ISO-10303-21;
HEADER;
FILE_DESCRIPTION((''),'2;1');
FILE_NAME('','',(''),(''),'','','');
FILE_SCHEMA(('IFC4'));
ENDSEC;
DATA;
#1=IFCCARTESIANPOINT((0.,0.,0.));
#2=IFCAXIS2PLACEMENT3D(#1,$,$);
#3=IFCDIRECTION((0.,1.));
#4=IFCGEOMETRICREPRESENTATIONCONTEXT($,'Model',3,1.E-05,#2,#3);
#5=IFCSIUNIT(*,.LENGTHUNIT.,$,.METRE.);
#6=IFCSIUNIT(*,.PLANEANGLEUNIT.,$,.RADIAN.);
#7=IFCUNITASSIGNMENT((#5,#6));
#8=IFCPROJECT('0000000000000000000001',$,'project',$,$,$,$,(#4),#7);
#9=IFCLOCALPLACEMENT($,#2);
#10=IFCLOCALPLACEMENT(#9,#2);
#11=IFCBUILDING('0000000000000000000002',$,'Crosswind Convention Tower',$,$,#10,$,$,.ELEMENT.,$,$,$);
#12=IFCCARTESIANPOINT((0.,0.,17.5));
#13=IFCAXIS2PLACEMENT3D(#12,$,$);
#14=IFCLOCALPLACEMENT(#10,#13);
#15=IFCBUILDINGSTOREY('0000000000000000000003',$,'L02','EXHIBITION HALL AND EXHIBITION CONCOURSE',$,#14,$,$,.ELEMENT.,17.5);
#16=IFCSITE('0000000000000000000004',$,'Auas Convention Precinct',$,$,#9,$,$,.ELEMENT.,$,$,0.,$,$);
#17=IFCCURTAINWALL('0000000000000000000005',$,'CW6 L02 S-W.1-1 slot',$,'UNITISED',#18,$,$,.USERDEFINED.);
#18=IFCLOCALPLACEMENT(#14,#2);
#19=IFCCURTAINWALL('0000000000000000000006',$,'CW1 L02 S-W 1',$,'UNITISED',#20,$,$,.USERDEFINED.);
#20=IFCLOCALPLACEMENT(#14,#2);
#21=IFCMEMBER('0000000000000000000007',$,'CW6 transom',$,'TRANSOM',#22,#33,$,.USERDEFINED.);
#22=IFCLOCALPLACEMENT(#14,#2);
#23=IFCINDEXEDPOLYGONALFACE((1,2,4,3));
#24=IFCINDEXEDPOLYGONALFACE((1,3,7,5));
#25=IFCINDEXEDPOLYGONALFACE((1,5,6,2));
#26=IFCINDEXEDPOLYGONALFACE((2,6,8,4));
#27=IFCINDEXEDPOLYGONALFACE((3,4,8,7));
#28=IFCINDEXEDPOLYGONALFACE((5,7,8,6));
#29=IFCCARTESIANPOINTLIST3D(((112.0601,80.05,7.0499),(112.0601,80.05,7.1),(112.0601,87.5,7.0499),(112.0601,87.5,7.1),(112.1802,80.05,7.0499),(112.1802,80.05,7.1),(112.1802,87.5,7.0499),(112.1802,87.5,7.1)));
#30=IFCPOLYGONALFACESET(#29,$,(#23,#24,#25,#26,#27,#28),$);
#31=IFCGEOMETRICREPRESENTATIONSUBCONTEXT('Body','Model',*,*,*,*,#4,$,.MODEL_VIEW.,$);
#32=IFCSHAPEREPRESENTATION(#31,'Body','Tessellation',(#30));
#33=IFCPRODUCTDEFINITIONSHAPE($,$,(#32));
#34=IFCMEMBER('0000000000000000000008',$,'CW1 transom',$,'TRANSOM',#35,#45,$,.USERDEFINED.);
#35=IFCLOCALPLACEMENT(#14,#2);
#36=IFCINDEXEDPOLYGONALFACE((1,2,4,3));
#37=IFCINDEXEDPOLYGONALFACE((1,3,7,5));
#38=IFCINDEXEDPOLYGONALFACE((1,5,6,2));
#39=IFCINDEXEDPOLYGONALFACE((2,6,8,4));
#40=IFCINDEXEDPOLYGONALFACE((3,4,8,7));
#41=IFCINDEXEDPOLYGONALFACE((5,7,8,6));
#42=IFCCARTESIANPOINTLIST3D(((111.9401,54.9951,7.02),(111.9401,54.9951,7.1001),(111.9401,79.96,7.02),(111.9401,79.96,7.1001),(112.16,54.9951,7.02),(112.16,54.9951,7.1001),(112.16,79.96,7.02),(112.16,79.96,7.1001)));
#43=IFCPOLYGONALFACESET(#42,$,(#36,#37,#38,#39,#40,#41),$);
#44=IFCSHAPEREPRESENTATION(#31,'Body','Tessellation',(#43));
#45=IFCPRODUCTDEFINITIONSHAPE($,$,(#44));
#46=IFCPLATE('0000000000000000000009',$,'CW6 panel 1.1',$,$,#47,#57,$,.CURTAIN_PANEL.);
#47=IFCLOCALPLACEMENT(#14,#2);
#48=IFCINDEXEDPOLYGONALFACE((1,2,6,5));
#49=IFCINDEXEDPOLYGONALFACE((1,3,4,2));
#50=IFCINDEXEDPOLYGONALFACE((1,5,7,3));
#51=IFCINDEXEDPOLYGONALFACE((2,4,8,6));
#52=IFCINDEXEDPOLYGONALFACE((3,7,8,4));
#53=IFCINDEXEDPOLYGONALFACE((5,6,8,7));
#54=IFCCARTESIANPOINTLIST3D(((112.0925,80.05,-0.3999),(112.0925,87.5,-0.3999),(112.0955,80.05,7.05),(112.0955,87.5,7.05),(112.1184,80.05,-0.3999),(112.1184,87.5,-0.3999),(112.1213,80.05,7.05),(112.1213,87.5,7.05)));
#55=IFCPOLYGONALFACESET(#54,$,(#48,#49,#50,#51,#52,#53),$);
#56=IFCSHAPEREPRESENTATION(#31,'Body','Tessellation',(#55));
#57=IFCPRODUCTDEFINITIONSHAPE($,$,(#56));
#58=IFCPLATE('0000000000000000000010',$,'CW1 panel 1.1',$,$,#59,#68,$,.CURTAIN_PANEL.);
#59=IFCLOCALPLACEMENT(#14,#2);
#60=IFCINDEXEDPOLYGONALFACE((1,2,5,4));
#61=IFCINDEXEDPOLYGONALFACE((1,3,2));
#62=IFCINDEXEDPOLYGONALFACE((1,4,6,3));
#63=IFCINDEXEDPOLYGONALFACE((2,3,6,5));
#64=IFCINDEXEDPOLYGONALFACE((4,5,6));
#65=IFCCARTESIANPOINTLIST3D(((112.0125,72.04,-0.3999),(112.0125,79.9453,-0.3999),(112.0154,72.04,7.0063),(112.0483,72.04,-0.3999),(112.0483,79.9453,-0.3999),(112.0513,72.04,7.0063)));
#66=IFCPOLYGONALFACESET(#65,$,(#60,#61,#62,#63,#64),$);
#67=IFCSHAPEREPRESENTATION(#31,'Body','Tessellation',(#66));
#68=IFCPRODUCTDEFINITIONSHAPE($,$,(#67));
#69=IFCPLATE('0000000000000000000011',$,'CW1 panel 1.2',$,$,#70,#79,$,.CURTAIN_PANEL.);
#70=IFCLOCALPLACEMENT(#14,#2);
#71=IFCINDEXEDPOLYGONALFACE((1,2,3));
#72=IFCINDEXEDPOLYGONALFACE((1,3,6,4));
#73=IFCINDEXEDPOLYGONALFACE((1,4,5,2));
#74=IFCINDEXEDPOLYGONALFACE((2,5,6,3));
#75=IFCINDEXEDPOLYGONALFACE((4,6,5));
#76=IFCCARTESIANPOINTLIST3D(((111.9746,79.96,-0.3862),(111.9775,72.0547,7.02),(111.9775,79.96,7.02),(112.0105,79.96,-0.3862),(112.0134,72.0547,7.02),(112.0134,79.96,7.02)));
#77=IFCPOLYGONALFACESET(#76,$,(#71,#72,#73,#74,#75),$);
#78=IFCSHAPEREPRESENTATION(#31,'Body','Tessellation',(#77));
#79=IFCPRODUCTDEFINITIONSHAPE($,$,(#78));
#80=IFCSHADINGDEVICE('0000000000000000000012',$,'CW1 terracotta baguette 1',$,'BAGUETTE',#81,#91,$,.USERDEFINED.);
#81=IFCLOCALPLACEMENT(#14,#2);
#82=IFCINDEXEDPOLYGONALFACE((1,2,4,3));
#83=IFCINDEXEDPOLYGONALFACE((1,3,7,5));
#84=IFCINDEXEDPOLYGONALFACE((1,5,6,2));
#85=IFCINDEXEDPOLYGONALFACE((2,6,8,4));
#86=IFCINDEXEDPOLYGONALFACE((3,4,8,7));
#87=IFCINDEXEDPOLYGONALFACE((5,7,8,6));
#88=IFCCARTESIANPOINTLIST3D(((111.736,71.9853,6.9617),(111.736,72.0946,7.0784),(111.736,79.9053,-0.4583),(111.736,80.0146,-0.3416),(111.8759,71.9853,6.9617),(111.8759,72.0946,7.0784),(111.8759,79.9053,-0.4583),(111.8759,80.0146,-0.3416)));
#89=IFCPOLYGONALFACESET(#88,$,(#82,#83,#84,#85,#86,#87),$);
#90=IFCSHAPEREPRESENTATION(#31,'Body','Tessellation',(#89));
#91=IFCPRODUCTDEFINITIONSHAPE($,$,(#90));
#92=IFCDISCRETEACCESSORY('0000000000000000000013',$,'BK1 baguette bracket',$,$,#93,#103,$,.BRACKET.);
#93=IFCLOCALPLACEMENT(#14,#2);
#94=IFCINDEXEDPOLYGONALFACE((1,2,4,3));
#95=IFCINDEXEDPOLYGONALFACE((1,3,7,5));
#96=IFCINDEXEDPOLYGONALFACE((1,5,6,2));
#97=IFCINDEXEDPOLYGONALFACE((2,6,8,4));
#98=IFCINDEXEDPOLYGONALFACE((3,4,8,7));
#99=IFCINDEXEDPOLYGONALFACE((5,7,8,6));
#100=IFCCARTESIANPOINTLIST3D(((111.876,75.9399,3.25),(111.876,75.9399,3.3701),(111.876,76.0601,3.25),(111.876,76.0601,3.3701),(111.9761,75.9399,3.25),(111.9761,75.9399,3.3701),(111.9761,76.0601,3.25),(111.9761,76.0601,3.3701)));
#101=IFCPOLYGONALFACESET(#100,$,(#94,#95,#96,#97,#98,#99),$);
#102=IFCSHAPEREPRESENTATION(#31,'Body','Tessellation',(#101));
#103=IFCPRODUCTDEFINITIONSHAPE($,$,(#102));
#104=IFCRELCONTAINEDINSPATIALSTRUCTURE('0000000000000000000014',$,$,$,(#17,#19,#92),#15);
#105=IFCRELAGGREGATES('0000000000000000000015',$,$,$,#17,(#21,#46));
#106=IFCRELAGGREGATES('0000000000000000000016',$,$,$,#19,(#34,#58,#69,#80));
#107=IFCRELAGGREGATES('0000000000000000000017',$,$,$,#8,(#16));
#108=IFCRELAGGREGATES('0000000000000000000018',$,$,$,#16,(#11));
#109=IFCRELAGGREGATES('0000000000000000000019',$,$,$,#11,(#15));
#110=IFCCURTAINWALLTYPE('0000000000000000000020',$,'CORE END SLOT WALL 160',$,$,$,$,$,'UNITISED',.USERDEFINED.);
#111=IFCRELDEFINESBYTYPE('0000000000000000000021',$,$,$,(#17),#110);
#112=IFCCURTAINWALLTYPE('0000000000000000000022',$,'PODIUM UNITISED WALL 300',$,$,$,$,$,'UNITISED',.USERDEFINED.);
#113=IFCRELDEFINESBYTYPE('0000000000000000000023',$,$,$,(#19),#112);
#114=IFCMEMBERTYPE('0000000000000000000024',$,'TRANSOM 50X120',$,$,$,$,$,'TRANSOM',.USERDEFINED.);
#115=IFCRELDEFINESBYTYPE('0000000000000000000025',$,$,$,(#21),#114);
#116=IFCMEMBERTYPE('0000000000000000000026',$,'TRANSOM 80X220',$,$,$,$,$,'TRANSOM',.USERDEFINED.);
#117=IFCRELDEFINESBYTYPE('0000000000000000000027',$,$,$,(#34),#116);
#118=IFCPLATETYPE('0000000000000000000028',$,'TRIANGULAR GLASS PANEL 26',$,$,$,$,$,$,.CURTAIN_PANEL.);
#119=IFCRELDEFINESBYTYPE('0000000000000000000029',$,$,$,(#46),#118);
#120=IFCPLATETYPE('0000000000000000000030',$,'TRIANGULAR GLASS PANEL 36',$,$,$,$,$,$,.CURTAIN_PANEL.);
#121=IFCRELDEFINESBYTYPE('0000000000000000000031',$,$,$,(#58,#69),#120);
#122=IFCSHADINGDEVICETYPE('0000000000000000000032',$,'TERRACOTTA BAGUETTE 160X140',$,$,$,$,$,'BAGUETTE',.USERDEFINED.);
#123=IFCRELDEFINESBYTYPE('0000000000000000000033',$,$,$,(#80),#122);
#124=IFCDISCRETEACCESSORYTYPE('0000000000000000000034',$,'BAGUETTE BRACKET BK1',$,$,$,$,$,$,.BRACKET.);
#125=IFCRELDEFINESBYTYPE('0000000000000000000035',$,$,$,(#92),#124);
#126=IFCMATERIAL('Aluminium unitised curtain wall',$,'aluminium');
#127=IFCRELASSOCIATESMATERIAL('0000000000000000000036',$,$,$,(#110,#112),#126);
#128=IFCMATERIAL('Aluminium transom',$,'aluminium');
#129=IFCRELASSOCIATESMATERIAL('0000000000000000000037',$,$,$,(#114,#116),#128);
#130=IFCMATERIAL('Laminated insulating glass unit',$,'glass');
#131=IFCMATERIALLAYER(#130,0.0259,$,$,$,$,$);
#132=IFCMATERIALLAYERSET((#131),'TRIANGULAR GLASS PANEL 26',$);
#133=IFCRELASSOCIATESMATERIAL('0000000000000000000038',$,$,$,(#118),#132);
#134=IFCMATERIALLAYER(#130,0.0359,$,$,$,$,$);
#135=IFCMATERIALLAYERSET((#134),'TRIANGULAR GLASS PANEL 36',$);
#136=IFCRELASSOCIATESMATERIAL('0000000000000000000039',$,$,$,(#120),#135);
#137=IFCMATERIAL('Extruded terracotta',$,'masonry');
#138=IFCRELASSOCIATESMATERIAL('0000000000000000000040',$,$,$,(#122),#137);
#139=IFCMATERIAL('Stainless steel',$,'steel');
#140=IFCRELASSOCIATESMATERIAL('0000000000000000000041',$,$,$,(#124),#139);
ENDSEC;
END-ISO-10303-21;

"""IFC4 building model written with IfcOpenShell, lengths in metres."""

from ifc_helpers import new_model, si_unit, direction, frame, origin, origin_2d, place, context, subcontext, project, spatial, polyline, rectangle, outline, extrude, material, layer, layer_set, material_profile, profile_set, type_object, element, aggregate, save


model = new_model("IFC4")

# Units and contexts
model_context = context("Model", 3, precision=1e-05, world=origin(), true_north=direction((0.0, 1.0)))
body_context = subcontext(model_context, "Body", "Model", "MODEL_VIEW")
ifc_project = project(units=[si_unit("LENGTHUNIT", "METRE"), si_unit("PLANEANGLEUNIT", "RADIAN")], contexts=[model_context])

# Site, building, storey
site_placement = place(None, origin())
site = spatial("IfcSite", under=ifc_project, at=site_placement, Name="Auas Convention Precinct", CompositionType="ELEMENT", RefElevation=0.0)
building_placement = place(site_placement, origin())
building = spatial("IfcBuilding", under=site, at=building_placement, Name="Crosswind Convention Tower", CompositionType="ELEMENT")
storey_placement = place(building_placement, frame((0.0, 0.0, 17.5)))
storey = spatial("IfcBuildingStorey", under=building, at=storey_placement, Name="L02", Description="EXHIBITION HALL AND EXHIBITION CONCOURSE", CompositionType="ELEMENT", Elevation=17.5)

# Curtain walls
ifc_material_1 = material(Name="Aluminium unitised curtain wall", Category="aluminium")
curtain_wall_type_1 = type_object("IfcCurtainWallType", Name="CORE END SLOT WALL 160", ElementType="UNITISED", PredefinedType="USERDEFINED", material=ifc_material_1)
curtain_wall_1_placement = place(storey_placement, origin())
curtain_wall_1 = element("IfcCurtainWall", 1, at=curtain_wall_1_placement, inside=storey, type_object=curtain_wall_type_1, Name="CW6 L02 S-W.1-1 slot", ObjectType="UNITISED", PredefinedType="USERDEFINED")
curtain_wall_type_2 = type_object("IfcCurtainWallType", Name="PODIUM UNITISED WALL 300", ElementType="UNITISED", PredefinedType="USERDEFINED", material=ifc_material_1)
curtain_wall_2_placement = place(storey_placement, origin())
curtain_wall_2 = element("IfcCurtainWall", 2, at=curtain_wall_2_placement, inside=storey, type_object=curtain_wall_type_2, Name="CW1 L02 S-W 1", ObjectType="UNITISED", PredefinedType="USERDEFINED")

# Members
ifc_material_2 = material(Name="Aluminium transom", Category="aluminium")
ifc_material_profile_1 = material_profile(ifc_material_2, rectangle(XDim=0.1201, YDim=0.05, at=origin_2d()), Name="AL 120X50")
ifc_profile_set_1 = profile_set([ifc_material_profile_1], Name="Aluminium transom")
member_type_1 = type_object("IfcMemberType", Name="TRANSOM 50X120", ElementType="TRANSOM", PredefinedType="USERDEFINED", material=ifc_profile_set_1)
member_1_placement = place(storey_placement, frame((112.1201, 87.5, 7.075), z_axis=(0.0, -1.0, 0.0), x_axis=(1.0, 0.0, 0.0)))
member_1 = element("IfcMember", 3, at=member_1_placement, type_object=member_type_1, Name="CW6 transom", ObjectType="TRANSOM", PredefinedType="USERDEFINED", context=body_context, shape_type="SweptSolid", body=[
    extrude(rectangle(XDim=0.1201, YDim=0.05, at=origin_2d()), origin(), (0.0, 0.0, 1.0), 7.45),
])
ifc_material_profile_2 = material_profile(ifc_material_2, rectangle(XDim=0.22, YDim=0.0801, at=origin_2d()), Name="AL 220X80")
ifc_profile_set_2 = profile_set([ifc_material_profile_2], Name="Aluminium transom")
member_type_2 = type_object("IfcMemberType", Name="TRANSOM 80X220", ElementType="TRANSOM", PredefinedType="USERDEFINED", material=ifc_profile_set_2)
member_2_placement = place(storey_placement, frame((112.05, 79.96, 7.0601), z_axis=(0.0, -1.0, 0.0), x_axis=(1.0, 0.0, 0.0)))
member_2 = element("IfcMember", 4, at=member_2_placement, type_object=member_type_2, Name="CW1 transom", ObjectType="TRANSOM", PredefinedType="USERDEFINED", context=body_context, shape_type="SweptSolid", body=[
    extrude(rectangle(XDim=0.22, YDim=0.0801, at=origin_2d()), origin(), (0.0, 0.0, 1.0), 24.9648),
])

# Plates
ifc_material_3 = material(Name="Laminated insulating glass unit", Category="glass")
ifc_layer_1 = layer(ifc_material_3, 0.0259)
ifc_layer_set_1 = layer_set([ifc_layer_1], Name="TRIANGULAR GLASS PANEL 26")
plate_type_1 = type_object("IfcPlateType", Name="TRIANGULAR GLASS PANEL 26", PredefinedType="CURTAIN_PANEL", material=ifc_layer_set_1)
plate_1_placement = place(storey_placement, frame((112.0925, 87.5, -0.3999), z_axis=(-1.0, 0.0, 0.000393), x_axis=(0.0, -1.0, 0.0)))
plate_1 = element("IfcPlate", 5, at=plate_1_placement, type_object=plate_type_1, Name="CW6 panel 1.1", PredefinedType="CURTAIN_PANEL", context=body_context, shape_type="SweptSolid", body=[
    extrude(outline(polyline([(0.0, 0.0), (7.45, 0.0), (7.45, 7.45), (0.0, 7.45), (0.0, 0.0)])), origin(), (0.0, 0.0, -1.0), 0.0259),
])
aggregate(curtain_wall_1, [member_1, plate_1])
ifc_layer_2 = layer(ifc_material_3, 0.0359)
ifc_layer_set_2 = layer_set([ifc_layer_2], Name="TRIANGULAR GLASS PANEL 36")
plate_type_2 = type_object("IfcPlateType", Name="TRIANGULAR GLASS PANEL 36", PredefinedType="CURTAIN_PANEL", material=ifc_layer_set_2)
plate_2_placement = place(storey_placement, frame((112.0125, 72.04, -0.3999), z_axis=(-1.0, 0.0, 0.000396), x_axis=(0.000396, 0.0, 1.0)))
plate_2 = element("IfcPlate", 6, at=plate_2_placement, type_object=plate_type_2, Name="CW1 panel 1.1", PredefinedType="CURTAIN_PANEL", context=body_context, shape_type="SweptSolid", body=[
    extrude(outline(polyline([(0.0, 0.0), (7.4063, 0.0), (0.0, 7.9053), (0.0, 0.0)])), origin(), (0.0, 0.0, -1.0), 0.0359),
])
plate_3_placement = place(storey_placement, frame((111.9775, 79.96, 7.02), z_axis=(-1.0, 0.0, 0.000396), x_axis=(-0.000396, 0.0, -1.0)))
plate_3 = element("IfcPlate", 7, at=plate_3_placement, type_object=plate_type_2, Name="CW1 panel 1.2", PredefinedType="CURTAIN_PANEL", context=body_context, shape_type="SweptSolid", body=[
    extrude(outline(polyline([(0.0, 0.0), (7.4063, 0.0), (0.0, 7.9053), (0.0, 0.0)])), origin(), (0.0, 0.0, -1.0), 0.0359),
])

# Shading device
ifc_material_4 = material(Name="Extruded terracotta", Category="masonry")
ifc_material_profile_3 = material_profile(ifc_material_4, rectangle(XDim=0.1399, YDim=0.1599, at=origin_2d()), Name="TC 140X160")
ifc_profile_set_3 = profile_set([ifc_material_profile_3], Name="Extruded terracotta")
shading_device_type = type_object("IfcShadingDeviceType", Name="TERRACOTTA BAGUETTE 160X140", ElementType="BAGUETTE", PredefinedType="USERDEFINED", material=ifc_profile_set_3)
shading_device_placement = place(storey_placement, frame((111.8059, 79.96, -0.3999), z_axis=(0.0, -0.729767, 0.683696), x_axis=(1.0, 0.0, 0.0)))
shading_device = element("IfcShadingDevice", 8, at=shading_device_placement, type_object=shading_device_type, Name="CW1 terracotta baguette 1", ObjectType="BAGUETTE", PredefinedType="USERDEFINED", context=body_context, shape_type="SweptSolid", body=[
    extrude(rectangle(XDim=0.1399, YDim=0.1599, at=origin_2d()), origin(), (0.0, 0.0, 1.0), 10.8528),
])
aggregate(curtain_wall_2, [member_2, plate_2, plate_3, shading_device])

# Discrete accessory
ifc_material_5 = material(Name="Stainless steel", Category="steel")
discrete_accessory_type = type_object("IfcDiscreteAccessoryType", Name="BAGUETTE BRACKET BK1", PredefinedType="BRACKET", material=ifc_material_5)
discrete_accessory_placement = place(storey_placement, frame((111.926, 76.0, 3.25), z_axis=(0.0, 0.0, 1.0), x_axis=(0.0, -1.0, 0.0)))
element("IfcDiscreteAccessory", 9, at=discrete_accessory_placement, inside=storey, type_object=discrete_accessory_type, Name="BK1 baguette bracket", PredefinedType="BRACKET", context=body_context, shape_type="SweptSolid", body=[
    extrude(rectangle(XDim=0.1201, YDim=0.1001, at=origin_2d()), origin(), (0.0, 0.0, 1.0), 0.1201),
])

save(model, "model.ifc")
